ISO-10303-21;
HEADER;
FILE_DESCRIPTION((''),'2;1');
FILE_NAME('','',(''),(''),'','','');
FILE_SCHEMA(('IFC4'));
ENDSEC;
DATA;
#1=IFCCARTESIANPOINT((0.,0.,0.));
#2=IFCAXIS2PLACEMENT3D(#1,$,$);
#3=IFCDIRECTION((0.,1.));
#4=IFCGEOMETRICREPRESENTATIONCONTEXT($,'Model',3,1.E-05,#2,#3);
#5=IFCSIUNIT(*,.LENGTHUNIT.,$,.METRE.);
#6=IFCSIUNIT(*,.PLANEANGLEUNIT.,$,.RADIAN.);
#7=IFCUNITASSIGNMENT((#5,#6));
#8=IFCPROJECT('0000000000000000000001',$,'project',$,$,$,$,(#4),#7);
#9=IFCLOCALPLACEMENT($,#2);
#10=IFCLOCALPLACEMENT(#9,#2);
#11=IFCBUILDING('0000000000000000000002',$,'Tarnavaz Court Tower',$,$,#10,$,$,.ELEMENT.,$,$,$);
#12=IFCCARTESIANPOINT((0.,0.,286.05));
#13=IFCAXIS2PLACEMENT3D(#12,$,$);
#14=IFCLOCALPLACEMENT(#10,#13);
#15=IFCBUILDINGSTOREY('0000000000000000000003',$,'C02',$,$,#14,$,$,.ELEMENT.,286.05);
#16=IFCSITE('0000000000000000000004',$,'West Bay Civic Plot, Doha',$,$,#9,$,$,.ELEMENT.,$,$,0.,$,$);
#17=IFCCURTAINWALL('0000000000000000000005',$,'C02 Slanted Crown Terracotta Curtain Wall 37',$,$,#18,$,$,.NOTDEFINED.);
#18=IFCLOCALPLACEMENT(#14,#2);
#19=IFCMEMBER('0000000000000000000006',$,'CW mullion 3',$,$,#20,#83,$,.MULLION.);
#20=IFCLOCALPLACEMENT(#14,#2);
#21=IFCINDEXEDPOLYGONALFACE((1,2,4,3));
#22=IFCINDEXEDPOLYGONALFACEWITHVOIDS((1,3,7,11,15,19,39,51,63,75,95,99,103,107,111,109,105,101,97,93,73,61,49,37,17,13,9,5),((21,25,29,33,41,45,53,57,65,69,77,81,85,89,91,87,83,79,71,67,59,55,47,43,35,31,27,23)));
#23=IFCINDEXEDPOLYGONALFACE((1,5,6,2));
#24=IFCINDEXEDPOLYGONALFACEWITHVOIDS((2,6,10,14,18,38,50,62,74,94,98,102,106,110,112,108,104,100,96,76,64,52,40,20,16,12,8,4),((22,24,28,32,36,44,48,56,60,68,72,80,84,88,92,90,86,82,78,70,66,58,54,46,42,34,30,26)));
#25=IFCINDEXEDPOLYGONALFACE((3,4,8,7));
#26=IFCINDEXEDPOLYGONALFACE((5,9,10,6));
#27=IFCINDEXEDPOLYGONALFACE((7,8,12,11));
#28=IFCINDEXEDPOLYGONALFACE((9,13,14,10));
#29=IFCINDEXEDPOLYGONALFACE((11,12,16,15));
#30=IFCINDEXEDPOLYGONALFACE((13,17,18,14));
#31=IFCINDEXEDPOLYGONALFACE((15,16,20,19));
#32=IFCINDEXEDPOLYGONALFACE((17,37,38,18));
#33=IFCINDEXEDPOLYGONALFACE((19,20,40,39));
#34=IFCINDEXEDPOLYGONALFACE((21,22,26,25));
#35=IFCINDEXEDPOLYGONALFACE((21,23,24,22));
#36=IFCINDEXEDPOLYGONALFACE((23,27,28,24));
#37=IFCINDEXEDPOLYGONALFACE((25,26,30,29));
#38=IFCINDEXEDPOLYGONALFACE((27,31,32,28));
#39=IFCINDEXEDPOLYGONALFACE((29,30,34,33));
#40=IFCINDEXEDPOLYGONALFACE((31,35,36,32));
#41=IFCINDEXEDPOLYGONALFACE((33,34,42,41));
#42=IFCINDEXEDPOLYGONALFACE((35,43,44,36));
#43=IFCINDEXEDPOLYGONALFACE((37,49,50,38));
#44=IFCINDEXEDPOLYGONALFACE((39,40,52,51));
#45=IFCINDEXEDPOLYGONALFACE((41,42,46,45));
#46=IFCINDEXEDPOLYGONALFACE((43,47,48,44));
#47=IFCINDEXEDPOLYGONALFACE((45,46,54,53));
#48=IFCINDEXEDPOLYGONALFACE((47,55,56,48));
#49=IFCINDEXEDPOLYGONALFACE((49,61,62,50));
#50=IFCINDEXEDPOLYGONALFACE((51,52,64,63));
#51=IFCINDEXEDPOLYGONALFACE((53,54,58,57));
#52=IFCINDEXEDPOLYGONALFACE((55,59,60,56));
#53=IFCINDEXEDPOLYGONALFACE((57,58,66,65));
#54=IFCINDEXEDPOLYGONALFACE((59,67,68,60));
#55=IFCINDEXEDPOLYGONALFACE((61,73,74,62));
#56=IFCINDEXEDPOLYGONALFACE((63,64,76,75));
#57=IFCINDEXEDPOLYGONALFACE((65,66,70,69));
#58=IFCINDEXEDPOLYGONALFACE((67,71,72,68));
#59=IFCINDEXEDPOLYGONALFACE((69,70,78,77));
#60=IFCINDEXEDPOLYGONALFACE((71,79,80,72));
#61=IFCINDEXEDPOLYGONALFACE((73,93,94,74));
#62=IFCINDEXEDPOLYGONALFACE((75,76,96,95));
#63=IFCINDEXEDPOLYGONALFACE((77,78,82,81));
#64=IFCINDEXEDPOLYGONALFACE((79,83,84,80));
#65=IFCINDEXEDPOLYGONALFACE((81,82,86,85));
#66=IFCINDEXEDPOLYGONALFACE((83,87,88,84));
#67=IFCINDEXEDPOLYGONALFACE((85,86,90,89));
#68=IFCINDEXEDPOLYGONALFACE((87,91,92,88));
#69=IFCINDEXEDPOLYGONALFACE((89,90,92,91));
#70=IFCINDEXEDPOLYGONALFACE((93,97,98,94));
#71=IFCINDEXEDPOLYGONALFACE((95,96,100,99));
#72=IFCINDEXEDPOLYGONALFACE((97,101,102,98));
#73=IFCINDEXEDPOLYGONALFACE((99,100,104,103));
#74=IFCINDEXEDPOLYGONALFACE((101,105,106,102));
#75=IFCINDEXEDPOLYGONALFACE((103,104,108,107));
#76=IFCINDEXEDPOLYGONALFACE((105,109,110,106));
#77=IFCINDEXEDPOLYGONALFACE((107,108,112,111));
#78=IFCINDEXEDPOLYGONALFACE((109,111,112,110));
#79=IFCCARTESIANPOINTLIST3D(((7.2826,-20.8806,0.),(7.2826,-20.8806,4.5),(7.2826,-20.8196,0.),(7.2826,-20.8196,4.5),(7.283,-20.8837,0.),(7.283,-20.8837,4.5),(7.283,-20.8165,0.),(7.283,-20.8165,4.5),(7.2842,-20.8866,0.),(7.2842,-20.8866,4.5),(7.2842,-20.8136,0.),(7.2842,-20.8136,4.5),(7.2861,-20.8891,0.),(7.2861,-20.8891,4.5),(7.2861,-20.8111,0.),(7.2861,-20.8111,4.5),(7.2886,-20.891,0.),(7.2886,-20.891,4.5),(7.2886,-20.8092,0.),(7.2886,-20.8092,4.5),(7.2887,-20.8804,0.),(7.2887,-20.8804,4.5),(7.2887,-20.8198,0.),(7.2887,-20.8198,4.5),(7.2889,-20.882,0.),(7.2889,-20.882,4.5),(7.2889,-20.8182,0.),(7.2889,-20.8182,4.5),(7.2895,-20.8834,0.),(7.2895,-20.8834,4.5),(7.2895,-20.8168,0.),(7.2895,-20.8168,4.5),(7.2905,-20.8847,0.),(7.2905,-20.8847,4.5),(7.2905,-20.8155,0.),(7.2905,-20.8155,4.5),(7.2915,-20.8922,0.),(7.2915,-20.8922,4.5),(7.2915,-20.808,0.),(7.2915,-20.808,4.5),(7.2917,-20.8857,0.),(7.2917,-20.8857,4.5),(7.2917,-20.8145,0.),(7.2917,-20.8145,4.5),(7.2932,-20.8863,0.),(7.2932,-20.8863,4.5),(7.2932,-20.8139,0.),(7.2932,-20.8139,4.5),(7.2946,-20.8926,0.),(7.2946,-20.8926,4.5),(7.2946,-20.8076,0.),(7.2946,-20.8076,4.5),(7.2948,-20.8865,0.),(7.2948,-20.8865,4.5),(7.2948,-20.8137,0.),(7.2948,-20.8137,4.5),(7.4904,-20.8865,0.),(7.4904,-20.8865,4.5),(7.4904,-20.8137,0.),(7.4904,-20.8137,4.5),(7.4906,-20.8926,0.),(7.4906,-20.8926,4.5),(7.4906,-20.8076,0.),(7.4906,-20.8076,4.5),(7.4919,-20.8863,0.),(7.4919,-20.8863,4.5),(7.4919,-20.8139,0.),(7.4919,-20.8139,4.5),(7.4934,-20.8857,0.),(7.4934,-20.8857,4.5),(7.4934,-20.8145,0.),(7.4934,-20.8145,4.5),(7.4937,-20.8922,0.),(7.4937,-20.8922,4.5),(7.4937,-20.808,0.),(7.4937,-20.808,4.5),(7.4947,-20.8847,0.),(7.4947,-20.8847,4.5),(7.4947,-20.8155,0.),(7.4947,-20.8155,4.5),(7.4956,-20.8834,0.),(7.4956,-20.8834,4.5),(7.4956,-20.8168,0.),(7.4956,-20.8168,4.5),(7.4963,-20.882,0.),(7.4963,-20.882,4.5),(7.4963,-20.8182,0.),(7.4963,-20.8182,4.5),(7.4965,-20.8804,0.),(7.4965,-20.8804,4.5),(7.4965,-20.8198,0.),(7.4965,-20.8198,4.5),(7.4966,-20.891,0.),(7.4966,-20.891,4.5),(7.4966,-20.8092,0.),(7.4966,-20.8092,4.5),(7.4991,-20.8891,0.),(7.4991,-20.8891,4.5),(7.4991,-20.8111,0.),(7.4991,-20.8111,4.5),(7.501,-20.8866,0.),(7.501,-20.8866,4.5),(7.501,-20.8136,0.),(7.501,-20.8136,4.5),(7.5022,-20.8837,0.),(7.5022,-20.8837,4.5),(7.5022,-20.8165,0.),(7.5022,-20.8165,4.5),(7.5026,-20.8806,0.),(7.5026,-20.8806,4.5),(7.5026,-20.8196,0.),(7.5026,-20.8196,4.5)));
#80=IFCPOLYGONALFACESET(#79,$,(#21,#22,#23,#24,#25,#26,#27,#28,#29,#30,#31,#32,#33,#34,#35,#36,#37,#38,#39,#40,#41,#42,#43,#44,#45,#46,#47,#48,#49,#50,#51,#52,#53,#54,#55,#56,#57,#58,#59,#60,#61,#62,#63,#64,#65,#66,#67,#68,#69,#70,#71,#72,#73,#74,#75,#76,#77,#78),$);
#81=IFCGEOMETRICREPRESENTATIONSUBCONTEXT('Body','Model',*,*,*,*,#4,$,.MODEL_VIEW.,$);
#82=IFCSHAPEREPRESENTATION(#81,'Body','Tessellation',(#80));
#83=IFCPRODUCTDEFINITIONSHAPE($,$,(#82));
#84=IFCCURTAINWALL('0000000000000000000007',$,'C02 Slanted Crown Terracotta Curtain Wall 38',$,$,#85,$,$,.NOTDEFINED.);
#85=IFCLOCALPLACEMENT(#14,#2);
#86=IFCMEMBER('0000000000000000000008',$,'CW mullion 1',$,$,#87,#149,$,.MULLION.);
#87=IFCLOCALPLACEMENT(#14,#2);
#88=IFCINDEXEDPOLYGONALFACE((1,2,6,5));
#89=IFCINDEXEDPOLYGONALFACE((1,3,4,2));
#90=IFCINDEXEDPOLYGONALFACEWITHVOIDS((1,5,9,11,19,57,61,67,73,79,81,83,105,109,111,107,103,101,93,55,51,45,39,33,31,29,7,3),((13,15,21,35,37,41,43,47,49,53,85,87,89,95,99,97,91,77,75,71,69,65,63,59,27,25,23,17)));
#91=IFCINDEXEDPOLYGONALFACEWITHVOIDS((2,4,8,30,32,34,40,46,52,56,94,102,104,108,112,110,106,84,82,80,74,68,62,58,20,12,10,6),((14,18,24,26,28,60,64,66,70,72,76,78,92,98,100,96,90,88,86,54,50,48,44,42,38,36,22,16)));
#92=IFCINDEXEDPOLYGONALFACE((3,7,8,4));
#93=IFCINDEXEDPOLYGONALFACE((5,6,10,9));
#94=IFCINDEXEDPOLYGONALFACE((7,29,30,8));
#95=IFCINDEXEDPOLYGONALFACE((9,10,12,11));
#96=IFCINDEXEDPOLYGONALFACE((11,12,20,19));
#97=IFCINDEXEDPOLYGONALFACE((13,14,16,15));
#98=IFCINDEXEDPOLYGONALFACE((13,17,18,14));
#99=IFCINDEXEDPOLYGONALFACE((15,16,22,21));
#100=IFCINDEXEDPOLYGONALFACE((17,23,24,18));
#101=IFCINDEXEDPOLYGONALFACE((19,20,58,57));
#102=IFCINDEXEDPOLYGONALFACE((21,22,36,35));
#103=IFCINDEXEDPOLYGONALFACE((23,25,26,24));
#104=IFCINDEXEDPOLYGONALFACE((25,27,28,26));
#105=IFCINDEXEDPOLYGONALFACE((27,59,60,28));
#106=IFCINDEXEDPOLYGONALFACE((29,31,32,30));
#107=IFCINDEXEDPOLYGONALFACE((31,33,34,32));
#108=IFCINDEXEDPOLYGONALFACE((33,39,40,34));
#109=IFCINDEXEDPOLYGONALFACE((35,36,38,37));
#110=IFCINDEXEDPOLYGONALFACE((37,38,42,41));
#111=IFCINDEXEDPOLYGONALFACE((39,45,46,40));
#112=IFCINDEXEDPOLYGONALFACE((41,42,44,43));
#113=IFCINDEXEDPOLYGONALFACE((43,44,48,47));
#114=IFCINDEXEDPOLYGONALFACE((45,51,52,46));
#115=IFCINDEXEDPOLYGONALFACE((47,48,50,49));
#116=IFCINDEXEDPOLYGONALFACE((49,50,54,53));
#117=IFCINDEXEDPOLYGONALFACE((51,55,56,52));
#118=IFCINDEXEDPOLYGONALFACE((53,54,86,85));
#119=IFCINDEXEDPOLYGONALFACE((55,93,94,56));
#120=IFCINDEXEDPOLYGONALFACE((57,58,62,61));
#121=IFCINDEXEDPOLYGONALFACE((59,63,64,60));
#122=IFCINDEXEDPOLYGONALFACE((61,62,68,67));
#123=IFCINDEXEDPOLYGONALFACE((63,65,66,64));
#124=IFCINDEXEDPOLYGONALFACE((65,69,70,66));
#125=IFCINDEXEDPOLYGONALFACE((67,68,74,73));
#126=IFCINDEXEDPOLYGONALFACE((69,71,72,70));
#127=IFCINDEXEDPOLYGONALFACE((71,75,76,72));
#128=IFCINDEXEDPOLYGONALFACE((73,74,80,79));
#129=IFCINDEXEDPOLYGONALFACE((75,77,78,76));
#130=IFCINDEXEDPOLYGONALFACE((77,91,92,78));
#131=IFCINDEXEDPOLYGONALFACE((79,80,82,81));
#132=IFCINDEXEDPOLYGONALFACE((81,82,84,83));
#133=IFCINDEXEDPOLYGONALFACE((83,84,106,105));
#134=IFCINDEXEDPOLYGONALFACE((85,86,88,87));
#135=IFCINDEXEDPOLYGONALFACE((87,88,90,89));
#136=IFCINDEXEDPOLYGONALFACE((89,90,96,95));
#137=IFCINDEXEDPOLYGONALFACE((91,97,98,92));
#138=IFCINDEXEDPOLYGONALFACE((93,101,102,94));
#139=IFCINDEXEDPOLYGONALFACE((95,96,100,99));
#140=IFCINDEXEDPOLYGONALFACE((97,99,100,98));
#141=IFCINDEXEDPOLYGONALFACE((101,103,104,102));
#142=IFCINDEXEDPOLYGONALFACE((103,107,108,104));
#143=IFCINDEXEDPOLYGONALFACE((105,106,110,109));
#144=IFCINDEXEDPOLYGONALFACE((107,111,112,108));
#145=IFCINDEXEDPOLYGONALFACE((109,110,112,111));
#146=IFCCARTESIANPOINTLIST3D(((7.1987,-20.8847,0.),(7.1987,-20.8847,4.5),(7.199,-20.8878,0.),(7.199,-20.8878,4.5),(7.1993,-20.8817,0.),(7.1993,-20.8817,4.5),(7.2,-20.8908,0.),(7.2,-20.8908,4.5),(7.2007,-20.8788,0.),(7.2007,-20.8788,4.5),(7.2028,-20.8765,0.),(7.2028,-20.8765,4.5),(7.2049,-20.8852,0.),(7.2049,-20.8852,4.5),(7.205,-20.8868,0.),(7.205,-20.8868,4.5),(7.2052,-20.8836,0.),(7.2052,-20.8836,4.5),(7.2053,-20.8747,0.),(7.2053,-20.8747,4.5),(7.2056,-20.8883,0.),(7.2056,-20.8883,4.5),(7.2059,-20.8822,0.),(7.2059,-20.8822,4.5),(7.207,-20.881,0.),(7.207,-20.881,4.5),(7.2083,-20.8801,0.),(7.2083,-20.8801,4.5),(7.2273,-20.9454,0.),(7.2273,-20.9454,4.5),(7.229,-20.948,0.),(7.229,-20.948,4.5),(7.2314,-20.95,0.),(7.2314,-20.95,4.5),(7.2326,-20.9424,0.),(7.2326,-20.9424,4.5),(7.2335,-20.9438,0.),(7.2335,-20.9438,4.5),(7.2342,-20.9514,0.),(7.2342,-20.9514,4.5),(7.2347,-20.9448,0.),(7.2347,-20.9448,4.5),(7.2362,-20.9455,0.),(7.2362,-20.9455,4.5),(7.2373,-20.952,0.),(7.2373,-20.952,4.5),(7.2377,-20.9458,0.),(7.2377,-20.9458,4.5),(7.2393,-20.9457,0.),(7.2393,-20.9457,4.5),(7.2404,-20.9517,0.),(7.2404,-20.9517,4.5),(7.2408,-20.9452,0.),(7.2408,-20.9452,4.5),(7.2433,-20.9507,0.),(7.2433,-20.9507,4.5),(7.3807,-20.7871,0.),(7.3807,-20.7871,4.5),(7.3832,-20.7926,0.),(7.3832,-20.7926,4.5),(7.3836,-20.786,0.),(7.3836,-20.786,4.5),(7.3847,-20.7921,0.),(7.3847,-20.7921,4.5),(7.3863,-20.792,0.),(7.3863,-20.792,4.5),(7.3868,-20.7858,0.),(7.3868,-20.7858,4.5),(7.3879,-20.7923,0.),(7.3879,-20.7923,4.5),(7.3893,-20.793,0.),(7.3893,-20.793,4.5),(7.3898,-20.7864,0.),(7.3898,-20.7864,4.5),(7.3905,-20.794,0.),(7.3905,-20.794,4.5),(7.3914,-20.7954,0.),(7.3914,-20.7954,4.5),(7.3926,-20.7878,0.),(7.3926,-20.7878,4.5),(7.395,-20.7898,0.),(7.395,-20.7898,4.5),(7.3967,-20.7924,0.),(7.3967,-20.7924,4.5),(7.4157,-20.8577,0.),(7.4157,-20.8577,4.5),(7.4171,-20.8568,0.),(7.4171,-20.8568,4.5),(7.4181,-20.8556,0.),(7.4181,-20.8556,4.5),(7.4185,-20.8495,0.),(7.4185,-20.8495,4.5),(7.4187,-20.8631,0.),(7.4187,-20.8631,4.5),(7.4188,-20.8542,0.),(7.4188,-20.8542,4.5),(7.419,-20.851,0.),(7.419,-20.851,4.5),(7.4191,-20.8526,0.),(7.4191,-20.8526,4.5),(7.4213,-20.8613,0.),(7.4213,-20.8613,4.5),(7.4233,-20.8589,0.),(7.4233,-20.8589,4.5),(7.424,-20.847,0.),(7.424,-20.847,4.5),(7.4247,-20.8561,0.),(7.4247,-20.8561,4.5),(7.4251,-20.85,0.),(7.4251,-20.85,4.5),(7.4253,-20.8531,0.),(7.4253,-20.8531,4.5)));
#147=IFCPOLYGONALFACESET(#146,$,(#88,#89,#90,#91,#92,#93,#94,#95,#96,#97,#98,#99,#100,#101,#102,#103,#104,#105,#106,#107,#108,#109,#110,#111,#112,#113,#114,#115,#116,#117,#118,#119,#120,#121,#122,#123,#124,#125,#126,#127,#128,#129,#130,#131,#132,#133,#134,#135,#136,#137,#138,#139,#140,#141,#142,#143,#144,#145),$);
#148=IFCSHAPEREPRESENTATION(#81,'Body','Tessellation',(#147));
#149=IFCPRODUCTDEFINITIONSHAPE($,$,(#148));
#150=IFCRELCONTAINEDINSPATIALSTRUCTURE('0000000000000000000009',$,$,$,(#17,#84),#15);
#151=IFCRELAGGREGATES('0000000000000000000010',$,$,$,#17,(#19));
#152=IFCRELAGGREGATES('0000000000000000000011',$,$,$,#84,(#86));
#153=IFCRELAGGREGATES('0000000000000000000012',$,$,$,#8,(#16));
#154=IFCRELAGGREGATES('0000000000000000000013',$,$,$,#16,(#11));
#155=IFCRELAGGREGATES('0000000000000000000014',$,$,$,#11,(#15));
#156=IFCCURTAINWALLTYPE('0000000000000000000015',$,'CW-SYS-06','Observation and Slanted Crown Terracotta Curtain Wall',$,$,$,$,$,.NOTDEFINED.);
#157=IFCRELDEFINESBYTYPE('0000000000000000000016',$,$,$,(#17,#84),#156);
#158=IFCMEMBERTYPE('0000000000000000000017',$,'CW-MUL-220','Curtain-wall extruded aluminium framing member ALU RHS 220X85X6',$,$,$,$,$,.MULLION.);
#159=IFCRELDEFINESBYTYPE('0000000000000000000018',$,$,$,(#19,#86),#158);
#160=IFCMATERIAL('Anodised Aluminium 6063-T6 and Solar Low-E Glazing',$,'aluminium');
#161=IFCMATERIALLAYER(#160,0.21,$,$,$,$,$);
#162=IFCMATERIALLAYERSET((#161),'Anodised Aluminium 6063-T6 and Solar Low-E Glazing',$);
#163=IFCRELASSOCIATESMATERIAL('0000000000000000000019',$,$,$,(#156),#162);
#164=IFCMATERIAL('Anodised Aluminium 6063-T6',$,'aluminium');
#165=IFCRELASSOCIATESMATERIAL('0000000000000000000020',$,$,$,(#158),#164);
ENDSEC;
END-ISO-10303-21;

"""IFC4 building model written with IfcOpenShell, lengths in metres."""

from ifc_helpers import new_model, si_unit, direction, frame, origin, origin_2d, place, context, subcontext, project, spatial, hollow_rectangle, extrude, material, layer, layer_set, material_profile, profile_set, type_object, element, aggregate, save


model = new_model("IFC4")

# Units and contexts
model_context = context("Model", 3, precision=1e-05, world=origin(), true_north=direction((0.0, 1.0)))
body_context = subcontext(model_context, "Body", "Model", "MODEL_VIEW")
ifc_project = project(units=[si_unit("LENGTHUNIT", "METRE"), si_unit("PLANEANGLEUNIT", "RADIAN")], contexts=[model_context])

# Site, building, storey
site_placement = place(None, origin())
site = spatial("IfcSite", under=ifc_project, at=site_placement, Name="West Bay Civic Plot, Doha", CompositionType="ELEMENT", RefElevation=0.0)
building_placement = place(site_placement, origin())
building = spatial("IfcBuilding", under=site, at=building_placement, Name="Tarnavaz Court Tower", CompositionType="ELEMENT")
storey_placement = place(building_placement, frame((0.0, 0.0, 286.05)))
storey = spatial("IfcBuildingStorey", under=building, at=storey_placement, Name="C02", CompositionType="ELEMENT", Elevation=286.05)

# Shared definitions
ifc_material_1 = material(Name="Anodised Aluminium 6063-T6 and Solar Low-E Glazing", Category="aluminium")
ifc_layer_1 = layer(ifc_material_1, 0.21)
ifc_layer_set_1 = layer_set([ifc_layer_1], Name="Anodised Aluminium 6063-T6 and Solar Low-E Glazing")
curtain_wall_type = type_object("IfcCurtainWallType", Name="CW-SYS-06", Description="Observation and Slanted Crown Terracotta Curtain Wall", PredefinedType="NOTDEFINED", material=ifc_layer_set_1)
ifc_material_2 = material(Name="Anodised Aluminium 6063-T6", Category="aluminium")
ifc_material_profile_1 = material_profile(ifc_material_2, hollow_rectangle(XDim=0.085, YDim=0.22, WallThickness=0.0061, InnerFilletRadius=0.0061, OuterFilletRadius=0.012, at=origin_2d()), Name="ALU RHS 220X85X6")
ifc_profile_set_1 = profile_set([ifc_material_profile_1], Name="Anodised Aluminium 6063-T6")
member_type_1 = type_object("IfcMemberType", Name="CW-MUL-220", Description="Curtain-wall extruded aluminium framing member ALU RHS 220X85X6", PredefinedType="MULLION", material=ifc_profile_set_1)

# Curtain walls, members
curtain_wall_1_placement = place(storey_placement, origin())
curtain_wall_1 = element("IfcCurtainWall", 1, at=curtain_wall_1_placement, inside=storey, type_object=curtain_wall_type, Name="C02 Slanted Crown Terracotta Curtain Wall 37", PredefinedType="NOTDEFINED")
member_1_placement = place(storey_placement, frame((7.3926, -20.8501, 0.0), z_axis=(0.0, 0.0, 1.0), x_axis=(0.0, -1.0, 0.0)))
member_1 = element("IfcMember", 2, at=member_1_placement, type_object=member_type_1, Name="CW mullion 3", PredefinedType="MULLION", context=body_context, shape_type="SweptSolid", body=[
    extrude(hollow_rectangle(XDim=0.085, YDim=0.22, WallThickness=0.0061, InnerFilletRadius=0.0061, OuterFilletRadius=0.012, at=origin_2d()), origin(), (0.0, 0.0, 1.0), 4.5),
])
curtain_wall_2_placement = place(storey_placement, origin())
curtain_wall_2 = element("IfcCurtainWall", 3, at=curtain_wall_2_placement, inside=storey, type_object=curtain_wall_type, Name="C02 Slanted Crown Terracotta Curtain Wall 38", PredefinedType="NOTDEFINED")
member_2_placement = place(storey_placement, frame((7.312, -20.8689, 0.0), z_axis=(0.0, 0.0, 1.0), x_axis=(0.447214, -0.894427, 0.0)))
member_2 = element("IfcMember", 4, at=member_2_placement, type_object=member_type_1, Name="CW mullion 1", PredefinedType="MULLION", context=body_context, shape_type="SweptSolid", body=[
    extrude(hollow_rectangle(XDim=0.085, YDim=0.22, WallThickness=0.0061, InnerFilletRadius=0.0061, OuterFilletRadius=0.012, at=origin_2d()), origin(), (0.0, 0.0, 1.0), 4.5),
])

aggregate(curtain_wall_1, [member_1])
aggregate(curtain_wall_2, [member_2])

save(model, "model.ifc")
